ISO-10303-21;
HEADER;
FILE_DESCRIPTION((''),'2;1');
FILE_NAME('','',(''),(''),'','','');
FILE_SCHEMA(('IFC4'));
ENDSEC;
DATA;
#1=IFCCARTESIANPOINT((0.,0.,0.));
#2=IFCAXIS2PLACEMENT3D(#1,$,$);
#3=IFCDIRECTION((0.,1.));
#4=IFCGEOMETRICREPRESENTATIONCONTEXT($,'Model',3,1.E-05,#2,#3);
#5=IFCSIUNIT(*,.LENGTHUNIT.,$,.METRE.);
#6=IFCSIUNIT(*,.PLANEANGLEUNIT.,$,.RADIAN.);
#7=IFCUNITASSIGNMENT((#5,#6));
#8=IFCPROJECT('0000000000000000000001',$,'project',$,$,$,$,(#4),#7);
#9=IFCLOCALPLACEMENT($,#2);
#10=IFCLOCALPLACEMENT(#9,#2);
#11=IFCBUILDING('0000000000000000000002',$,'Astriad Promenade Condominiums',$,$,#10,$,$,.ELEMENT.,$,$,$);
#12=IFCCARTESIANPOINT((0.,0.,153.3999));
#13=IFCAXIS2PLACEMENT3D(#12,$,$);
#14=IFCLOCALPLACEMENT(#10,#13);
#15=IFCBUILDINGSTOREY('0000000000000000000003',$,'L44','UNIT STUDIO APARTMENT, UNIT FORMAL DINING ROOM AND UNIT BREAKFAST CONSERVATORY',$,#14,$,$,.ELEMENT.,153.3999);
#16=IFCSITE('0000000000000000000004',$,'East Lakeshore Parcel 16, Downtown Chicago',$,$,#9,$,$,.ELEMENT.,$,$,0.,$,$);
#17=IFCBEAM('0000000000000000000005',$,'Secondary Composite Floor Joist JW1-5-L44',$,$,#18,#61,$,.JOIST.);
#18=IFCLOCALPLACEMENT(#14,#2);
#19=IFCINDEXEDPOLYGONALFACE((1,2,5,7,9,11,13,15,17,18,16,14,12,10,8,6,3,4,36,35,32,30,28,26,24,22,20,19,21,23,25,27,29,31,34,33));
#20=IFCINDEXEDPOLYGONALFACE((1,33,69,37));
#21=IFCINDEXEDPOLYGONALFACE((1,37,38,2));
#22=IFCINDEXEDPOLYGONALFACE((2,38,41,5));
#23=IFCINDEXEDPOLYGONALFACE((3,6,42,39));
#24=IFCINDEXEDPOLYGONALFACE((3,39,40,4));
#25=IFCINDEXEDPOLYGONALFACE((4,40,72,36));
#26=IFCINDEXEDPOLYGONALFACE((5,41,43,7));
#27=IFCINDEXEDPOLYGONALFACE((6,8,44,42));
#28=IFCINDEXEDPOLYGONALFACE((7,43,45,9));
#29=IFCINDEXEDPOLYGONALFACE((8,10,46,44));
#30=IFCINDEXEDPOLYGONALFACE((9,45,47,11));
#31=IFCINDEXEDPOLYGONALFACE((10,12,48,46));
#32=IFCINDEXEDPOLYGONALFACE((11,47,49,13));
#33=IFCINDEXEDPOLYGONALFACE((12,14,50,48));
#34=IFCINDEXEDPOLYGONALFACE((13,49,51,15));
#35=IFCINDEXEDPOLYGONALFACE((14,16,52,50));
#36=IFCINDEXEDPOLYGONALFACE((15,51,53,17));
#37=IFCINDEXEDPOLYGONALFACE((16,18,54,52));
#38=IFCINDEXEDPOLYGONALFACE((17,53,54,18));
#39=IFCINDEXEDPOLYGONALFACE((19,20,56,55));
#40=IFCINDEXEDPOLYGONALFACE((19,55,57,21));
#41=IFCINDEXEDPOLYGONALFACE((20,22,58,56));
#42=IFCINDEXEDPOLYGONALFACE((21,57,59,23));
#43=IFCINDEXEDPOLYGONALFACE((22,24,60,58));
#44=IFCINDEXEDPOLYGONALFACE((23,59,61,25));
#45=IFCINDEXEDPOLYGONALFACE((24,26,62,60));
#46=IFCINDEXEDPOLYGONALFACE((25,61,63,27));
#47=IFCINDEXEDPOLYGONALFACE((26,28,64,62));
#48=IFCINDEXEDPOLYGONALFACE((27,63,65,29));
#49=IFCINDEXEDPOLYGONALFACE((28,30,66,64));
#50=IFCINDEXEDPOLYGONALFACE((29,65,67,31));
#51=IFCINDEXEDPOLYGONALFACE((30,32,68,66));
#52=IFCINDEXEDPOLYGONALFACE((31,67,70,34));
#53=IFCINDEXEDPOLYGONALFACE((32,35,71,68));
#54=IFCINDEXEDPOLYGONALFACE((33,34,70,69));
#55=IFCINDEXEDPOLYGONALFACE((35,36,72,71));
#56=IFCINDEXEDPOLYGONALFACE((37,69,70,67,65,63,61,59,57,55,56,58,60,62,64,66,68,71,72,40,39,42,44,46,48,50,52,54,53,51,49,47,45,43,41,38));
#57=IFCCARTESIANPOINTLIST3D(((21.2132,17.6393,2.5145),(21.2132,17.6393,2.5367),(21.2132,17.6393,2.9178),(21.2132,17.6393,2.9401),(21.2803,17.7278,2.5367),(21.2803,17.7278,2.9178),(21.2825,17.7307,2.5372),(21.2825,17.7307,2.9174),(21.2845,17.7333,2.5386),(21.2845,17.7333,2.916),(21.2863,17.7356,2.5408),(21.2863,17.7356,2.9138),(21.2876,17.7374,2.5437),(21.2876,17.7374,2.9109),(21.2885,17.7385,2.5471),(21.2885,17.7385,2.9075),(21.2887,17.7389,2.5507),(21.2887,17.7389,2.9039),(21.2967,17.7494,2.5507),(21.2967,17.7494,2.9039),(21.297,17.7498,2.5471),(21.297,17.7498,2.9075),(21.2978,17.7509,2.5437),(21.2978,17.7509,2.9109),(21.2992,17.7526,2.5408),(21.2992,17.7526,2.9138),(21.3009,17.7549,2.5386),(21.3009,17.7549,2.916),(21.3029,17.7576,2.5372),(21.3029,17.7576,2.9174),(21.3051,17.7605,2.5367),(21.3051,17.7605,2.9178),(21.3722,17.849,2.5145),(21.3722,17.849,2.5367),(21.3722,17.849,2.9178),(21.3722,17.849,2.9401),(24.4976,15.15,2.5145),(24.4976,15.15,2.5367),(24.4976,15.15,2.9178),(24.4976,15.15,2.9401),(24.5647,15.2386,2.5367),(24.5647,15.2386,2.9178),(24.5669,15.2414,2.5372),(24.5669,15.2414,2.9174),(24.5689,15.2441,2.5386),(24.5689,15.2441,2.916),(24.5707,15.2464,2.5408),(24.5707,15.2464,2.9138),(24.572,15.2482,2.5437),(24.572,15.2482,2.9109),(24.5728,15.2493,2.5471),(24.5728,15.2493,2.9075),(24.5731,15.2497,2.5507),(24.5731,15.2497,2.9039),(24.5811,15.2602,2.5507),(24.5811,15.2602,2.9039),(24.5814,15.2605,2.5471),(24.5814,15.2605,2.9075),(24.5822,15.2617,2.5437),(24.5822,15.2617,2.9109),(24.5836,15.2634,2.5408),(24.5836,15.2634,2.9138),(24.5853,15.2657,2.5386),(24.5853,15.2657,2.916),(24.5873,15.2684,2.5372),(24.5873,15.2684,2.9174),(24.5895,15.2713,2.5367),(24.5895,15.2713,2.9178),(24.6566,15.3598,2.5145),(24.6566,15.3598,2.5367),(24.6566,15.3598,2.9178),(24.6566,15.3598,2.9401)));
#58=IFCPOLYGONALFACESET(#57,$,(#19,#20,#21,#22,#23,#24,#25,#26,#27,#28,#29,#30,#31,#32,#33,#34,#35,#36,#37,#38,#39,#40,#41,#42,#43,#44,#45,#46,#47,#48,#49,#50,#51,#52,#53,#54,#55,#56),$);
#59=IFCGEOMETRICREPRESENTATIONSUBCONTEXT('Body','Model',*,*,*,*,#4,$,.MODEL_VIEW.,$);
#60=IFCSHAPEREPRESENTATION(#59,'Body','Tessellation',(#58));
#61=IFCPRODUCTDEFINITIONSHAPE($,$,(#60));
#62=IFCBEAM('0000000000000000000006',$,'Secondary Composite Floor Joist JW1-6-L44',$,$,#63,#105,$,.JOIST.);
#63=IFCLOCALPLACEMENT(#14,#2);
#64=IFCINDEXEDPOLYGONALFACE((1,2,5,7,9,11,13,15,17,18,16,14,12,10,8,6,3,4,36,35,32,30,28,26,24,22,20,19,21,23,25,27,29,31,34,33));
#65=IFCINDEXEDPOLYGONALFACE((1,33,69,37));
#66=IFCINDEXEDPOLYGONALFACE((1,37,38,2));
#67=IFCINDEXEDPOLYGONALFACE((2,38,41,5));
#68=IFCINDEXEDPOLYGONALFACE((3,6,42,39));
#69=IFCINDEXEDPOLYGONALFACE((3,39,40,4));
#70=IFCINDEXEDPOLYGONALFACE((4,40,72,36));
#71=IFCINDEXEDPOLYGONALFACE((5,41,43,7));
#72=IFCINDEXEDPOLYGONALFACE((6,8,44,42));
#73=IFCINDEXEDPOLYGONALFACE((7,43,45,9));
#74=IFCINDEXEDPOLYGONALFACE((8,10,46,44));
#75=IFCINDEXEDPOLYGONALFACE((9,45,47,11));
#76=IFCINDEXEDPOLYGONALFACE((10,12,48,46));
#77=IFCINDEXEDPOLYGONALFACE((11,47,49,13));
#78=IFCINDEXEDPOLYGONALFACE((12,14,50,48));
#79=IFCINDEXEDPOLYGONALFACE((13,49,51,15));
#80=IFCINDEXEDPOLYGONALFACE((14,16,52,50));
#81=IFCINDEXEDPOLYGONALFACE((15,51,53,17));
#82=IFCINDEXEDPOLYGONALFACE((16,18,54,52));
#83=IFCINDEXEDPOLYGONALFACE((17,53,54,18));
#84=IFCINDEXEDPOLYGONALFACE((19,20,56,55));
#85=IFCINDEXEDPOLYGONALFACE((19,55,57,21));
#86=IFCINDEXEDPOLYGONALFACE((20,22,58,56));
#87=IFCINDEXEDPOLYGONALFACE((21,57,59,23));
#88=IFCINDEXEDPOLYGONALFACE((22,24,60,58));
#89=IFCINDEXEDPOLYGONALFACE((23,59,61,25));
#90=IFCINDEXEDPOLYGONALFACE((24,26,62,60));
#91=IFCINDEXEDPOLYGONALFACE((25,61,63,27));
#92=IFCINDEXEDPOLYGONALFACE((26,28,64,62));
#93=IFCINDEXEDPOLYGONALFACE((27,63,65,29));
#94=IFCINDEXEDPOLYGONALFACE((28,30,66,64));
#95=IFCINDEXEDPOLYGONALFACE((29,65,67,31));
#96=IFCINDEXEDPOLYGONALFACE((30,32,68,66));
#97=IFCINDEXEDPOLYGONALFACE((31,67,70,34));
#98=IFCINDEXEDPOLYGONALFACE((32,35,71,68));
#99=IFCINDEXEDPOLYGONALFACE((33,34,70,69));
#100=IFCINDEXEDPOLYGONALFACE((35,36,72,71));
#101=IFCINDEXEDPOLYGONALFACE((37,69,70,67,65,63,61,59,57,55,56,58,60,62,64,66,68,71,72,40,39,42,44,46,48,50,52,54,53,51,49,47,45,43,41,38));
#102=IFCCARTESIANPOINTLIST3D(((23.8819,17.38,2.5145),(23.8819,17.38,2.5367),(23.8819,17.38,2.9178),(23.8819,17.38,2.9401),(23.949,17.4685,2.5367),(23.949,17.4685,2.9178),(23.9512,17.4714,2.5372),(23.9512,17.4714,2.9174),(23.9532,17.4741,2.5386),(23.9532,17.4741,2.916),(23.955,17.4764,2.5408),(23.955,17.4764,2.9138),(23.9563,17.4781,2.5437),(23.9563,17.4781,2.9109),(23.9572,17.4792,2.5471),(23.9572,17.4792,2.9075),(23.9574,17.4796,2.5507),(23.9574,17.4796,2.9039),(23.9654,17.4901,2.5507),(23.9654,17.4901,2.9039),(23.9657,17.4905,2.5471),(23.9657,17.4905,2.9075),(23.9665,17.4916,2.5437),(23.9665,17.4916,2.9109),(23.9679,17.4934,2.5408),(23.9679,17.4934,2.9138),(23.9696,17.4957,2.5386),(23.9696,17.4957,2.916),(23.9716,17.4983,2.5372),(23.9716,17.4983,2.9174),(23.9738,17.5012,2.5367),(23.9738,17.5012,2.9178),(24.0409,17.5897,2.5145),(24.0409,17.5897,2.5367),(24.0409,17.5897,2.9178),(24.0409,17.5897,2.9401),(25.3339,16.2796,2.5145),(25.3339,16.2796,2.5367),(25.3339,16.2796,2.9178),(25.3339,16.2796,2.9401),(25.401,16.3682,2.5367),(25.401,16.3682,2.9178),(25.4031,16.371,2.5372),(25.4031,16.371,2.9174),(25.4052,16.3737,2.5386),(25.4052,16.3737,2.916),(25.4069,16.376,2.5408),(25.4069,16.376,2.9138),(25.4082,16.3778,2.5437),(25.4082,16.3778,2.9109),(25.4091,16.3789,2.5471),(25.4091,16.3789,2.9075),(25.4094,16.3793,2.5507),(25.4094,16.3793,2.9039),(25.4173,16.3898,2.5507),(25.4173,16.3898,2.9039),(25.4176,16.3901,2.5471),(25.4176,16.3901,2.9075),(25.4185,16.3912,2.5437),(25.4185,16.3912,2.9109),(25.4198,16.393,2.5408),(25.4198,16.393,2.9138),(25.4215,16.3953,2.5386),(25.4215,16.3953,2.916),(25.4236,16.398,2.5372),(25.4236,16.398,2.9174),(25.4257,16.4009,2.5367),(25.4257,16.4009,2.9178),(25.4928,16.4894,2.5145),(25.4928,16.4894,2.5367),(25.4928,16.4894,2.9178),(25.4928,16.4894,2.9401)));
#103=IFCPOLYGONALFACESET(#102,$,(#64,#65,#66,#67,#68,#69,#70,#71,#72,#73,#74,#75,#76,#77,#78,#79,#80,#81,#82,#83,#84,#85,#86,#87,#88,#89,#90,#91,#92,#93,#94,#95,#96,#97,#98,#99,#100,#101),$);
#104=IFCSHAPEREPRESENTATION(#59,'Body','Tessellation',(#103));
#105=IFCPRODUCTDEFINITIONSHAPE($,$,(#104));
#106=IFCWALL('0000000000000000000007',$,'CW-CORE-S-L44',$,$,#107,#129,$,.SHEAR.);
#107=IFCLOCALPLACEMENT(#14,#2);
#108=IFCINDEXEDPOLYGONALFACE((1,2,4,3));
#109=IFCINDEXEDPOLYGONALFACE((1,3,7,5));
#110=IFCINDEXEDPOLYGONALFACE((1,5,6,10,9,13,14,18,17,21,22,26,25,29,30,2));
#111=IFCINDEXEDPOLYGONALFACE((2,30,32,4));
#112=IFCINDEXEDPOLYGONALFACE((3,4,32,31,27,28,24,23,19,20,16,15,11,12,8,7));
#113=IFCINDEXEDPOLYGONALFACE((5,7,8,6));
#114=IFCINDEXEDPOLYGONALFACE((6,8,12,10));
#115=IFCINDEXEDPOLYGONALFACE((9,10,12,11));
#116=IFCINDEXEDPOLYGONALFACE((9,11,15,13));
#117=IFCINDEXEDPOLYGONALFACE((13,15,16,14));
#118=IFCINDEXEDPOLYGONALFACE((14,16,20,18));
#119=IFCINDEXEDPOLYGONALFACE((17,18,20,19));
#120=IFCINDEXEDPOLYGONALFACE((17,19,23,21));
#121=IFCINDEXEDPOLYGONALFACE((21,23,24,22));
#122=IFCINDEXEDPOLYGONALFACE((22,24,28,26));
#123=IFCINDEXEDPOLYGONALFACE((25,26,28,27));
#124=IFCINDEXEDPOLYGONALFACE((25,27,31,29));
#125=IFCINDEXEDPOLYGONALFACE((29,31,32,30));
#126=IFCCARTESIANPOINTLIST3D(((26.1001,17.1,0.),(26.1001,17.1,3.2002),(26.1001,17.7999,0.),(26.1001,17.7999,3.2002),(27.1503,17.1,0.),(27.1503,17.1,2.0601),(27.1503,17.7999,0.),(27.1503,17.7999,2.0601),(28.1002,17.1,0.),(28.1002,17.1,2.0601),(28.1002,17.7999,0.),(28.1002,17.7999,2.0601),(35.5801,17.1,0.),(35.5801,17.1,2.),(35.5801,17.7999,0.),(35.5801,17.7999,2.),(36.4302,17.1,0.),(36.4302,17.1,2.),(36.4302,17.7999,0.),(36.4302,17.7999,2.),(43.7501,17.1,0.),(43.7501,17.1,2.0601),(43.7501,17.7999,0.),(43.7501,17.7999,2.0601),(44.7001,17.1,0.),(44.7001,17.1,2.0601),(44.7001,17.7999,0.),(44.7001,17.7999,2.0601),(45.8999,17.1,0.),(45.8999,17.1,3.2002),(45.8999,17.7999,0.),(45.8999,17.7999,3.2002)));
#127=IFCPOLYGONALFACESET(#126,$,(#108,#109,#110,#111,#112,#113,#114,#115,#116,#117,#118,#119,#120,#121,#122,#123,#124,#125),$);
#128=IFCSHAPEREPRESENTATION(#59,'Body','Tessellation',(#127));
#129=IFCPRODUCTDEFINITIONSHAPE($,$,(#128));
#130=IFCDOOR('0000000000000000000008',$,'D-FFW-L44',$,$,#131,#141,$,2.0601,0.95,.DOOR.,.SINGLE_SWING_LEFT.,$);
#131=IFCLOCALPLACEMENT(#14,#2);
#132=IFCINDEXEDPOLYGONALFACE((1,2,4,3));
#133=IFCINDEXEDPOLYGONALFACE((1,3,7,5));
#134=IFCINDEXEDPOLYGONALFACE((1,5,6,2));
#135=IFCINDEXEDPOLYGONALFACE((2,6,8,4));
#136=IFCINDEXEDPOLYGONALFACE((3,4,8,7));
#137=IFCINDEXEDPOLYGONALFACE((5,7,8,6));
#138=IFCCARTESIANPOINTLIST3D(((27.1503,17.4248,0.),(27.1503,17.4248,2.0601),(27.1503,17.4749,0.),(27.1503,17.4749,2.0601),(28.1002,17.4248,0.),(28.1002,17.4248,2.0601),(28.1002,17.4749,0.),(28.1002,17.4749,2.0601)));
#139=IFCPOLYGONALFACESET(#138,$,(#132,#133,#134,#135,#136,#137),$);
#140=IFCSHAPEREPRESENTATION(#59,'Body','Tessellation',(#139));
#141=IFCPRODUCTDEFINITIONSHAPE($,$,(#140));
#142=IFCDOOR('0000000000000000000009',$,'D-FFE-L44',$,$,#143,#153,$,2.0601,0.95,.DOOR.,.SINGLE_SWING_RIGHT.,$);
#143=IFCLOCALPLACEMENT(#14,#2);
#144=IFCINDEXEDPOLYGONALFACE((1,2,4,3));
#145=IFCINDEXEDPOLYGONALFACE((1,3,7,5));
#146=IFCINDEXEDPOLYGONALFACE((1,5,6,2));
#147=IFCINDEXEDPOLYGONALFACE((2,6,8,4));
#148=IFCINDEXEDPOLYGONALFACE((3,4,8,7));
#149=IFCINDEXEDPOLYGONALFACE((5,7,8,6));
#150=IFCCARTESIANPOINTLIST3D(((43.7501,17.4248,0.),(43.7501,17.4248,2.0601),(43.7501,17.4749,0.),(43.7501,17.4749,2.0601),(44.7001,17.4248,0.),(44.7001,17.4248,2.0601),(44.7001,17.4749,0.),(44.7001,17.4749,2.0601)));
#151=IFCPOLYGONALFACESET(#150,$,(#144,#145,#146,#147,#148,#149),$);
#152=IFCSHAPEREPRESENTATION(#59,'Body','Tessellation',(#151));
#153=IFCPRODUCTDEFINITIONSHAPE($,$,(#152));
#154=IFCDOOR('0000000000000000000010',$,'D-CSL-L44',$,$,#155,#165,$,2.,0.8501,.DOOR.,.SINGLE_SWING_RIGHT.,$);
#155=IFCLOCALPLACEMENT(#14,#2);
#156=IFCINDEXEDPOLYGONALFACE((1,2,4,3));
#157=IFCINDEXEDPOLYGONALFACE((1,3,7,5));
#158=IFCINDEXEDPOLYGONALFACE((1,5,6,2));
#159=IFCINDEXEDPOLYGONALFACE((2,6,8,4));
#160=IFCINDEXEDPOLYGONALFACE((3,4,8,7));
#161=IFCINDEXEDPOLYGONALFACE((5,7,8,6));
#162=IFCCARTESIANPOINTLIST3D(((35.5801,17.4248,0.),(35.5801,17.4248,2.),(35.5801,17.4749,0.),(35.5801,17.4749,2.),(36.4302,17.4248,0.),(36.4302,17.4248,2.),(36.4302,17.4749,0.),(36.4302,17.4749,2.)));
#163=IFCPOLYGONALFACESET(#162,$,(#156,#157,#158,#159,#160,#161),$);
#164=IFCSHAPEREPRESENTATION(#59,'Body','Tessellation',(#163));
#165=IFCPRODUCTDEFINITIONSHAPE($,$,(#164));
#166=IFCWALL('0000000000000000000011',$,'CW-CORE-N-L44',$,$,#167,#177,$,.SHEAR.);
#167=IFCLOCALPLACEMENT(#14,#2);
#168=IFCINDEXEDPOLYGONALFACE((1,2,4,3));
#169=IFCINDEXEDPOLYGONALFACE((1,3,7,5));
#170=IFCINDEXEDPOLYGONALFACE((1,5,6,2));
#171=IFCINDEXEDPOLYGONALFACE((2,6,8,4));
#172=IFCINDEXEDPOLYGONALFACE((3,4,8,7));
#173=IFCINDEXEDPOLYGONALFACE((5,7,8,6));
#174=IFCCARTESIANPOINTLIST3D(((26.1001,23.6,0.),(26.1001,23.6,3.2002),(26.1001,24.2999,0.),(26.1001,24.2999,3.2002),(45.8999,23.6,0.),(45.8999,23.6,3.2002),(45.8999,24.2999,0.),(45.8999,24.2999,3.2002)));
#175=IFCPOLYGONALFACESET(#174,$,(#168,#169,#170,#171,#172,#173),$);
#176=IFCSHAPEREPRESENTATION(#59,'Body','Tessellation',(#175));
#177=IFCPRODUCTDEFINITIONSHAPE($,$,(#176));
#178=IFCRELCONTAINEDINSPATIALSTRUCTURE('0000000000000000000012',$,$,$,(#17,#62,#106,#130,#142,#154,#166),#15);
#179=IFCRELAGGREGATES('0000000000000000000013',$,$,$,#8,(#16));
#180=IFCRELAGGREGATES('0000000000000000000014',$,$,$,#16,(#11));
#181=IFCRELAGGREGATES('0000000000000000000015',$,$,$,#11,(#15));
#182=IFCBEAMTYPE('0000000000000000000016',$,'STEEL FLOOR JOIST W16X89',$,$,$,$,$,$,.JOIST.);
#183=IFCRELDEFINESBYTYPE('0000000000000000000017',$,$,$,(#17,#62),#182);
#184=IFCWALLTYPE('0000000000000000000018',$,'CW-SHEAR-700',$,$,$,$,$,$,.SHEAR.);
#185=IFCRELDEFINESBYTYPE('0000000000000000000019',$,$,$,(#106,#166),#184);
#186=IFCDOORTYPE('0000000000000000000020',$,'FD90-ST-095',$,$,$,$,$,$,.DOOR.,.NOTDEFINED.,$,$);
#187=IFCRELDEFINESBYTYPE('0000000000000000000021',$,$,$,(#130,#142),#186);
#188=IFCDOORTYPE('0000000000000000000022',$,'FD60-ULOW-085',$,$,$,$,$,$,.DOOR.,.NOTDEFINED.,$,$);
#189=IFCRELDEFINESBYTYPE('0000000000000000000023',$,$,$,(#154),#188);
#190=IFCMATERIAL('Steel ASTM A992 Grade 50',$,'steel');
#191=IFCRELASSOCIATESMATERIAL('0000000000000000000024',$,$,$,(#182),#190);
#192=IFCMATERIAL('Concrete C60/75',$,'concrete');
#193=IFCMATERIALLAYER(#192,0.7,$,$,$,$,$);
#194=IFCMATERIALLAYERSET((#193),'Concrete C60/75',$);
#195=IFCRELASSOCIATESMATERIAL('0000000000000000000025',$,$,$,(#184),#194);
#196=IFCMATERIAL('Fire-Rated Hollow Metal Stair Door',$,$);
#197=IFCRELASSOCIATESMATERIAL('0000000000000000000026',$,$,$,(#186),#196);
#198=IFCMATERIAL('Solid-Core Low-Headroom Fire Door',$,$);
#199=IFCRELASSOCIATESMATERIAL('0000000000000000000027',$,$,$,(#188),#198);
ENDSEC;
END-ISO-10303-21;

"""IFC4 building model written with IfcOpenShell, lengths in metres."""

from ifc_helpers import new_model, si_unit, direction, frame, frame_2d, origin, origin_2d, place, context, subcontext, project, spatial, rectangle, i_section, extrude, source, transform, mapped, material, layer, layer_set, material_profile, profile_set, type_object, type_shapes, element, fill, save


model = new_model("IFC4")

# Units and contexts
model_context = context("Model", 3, precision=1e-05, world=origin(), true_north=direction((0.0, 1.0)))
body_context = subcontext(model_context, "Body", "Model", "MODEL_VIEW")
ifc_project = project(units=[si_unit("LENGTHUNIT", "METRE"), si_unit("PLANEANGLEUNIT", "RADIAN")], contexts=[model_context])

# Site, building, storey
site_placement = place(None, origin())
site = spatial("IfcSite", under=ifc_project, at=site_placement, Name="East Lakeshore Parcel 16, Downtown Chicago", CompositionType="ELEMENT", RefElevation=0.0)
building_placement = place(site_placement, origin())
building = spatial("IfcBuilding", under=site, at=building_placement, Name="Astriad Promenade Condominiums", CompositionType="ELEMENT")
storey_placement = place(building_placement, frame((0.0, 0.0, 153.3999)))
storey = spatial("IfcBuildingStorey", under=building, at=storey_placement, Name="L44", Description="UNIT STUDIO APARTMENT, UNIT FORMAL DINING ROOM AND UNIT BREAKFAST CONSERVATORY", CompositionType="ELEMENT", Elevation=153.3999)

# Shared definitions
ifc_material_1 = material(Name="Steel ASTM A992 Grade 50", Category="steel")
ifc_material_2 = material(Name="Concrete C60/75", Category="concrete")

# Beams
ifc_material_profile_1 = material_profile(ifc_material_1, i_section(OverallWidth=0.2632, OverallDepth=0.4255, WebThickness=0.0132, FlangeThickness=0.0222, FilletRadius=0.0139, at=origin_2d()), Name="W16X89")
ifc_profile_set_1 = profile_set([ifc_material_profile_1], Name="Steel ASTM A992 Grade 50")
beam_type_1 = type_object("IfcBeamType", Name="STEEL FLOOR JOIST W16X89", PredefinedType="JOIST", material=ifc_profile_set_1)
shared_shape_1 = source(origin(), body_context, "Body", "SweptSolid", [
    extrude(i_section(OverallWidth=0.2632, OverallDepth=0.4255, WebThickness=0.0132, FlangeThickness=0.0222, FilletRadius=0.0139, at=origin_2d()), origin(), (0.0, 0.0, 1.0), 4.1211),
])
beam_1_placement = place(storey_placement, frame((21.2927, 17.7441, 2.7273), z_axis=(0.796969, -0.604021, 0.0), x_axis=(0.604021, 0.796969, 0.0)))
element("IfcBeam", 1, at=beam_1_placement, inside=storey, type_object=beam_type_1, Name="Secondary Composite Floor Joist JW1-5-L44", PredefinedType="JOIST", context=body_context, shape_type="MappedRepresentation", body=[
    mapped(shared_shape_1, transform((0.0, 0.0, 0.0), scale=1.0)),
])
shared_shape_2 = source(origin(), body_context, "Body", "SweptSolid", [
    extrude(i_section(OverallWidth=0.2632, OverallDepth=0.4255, WebThickness=0.0132, FlangeThickness=0.0222, FilletRadius=0.0139, at=origin_2d()), origin(), (0.0, 0.0, 1.0), 1.8218),
])
type_shapes(beam_type_1, [shared_shape_1, shared_shape_2])
beam_2_placement = place(storey_placement, frame((23.9614, 17.4849, 2.7273), z_axis=(0.796983, -0.604002, 0.0), x_axis=(0.604002, 0.796983, 0.0)))
element("IfcBeam", 2, at=beam_2_placement, inside=storey, type_object=beam_type_1, Name="Secondary Composite Floor Joist JW1-6-L44", PredefinedType="JOIST", context=body_context, shape_type="MappedRepresentation", body=[
    mapped(shared_shape_2, transform((0.0, 0.0, 0.0), scale=1.0)),
])

# Wall, openings, doors
ifc_layer_1 = layer(ifc_material_2, 0.7)
ifc_layer_set_1 = layer_set([ifc_layer_1], Name="Concrete C60/75")
wall_type_1 = type_object("IfcWallType", Name="CW-SHEAR-700", PredefinedType="SHEAR", material=ifc_layer_set_1)
wall_1_placement = place(storey_placement, frame((26.1001, 17.45, 0.0), z_axis=(0.0, 0.0, 1.0), x_axis=(1.0, 0.0, 0.0)))
wall_1 = element("IfcWall", 3, at=wall_1_placement, inside=storey, type_object=wall_type_1, Name="CW-CORE-S-L44", PredefinedType="SHEAR", context=body_context, shape_type="SweptSolid", body=[
    extrude(rectangle(XDim=19.7998, YDim=0.7, at=frame_2d((9.8999, 0.0))), origin(), (0.0, 0.0, 1.0), 3.2002),
])
opening_1_placement = place(wall_1_placement, frame((1.05, 0.0, 0.0)))
opening_1 = element("IfcOpeningElement", 4, at=opening_1_placement, cuts=wall_1, PredefinedType="OPENING", context=body_context, shape_type="SweptSolid", body=[
    extrude(rectangle(XDim=0.95, YDim=2.0601, at=frame_2d((0.4751, 1.03))), frame((0.0, 0.3599, 0.0), z_axis=(0.0, -1.0, 0.0), x_axis=(1.0, 0.0, 0.0)), (0.0, 0.0, 1.0), 0.72),
])
opening_2_placement = place(wall_1_placement, frame((9.48, 0.0, 0.0)))
opening_2 = element("IfcOpeningElement", 5, at=opening_2_placement, cuts=wall_1, PredefinedType="OPENING", context=body_context, shape_type="SweptSolid", body=[
    extrude(rectangle(XDim=0.8501, YDim=2.0, at=frame_2d((0.425, 1.0))), frame((0.0, 0.3599, 0.0), z_axis=(0.0, -1.0, 0.0), x_axis=(1.0, 0.0, 0.0)), (0.0, 0.0, 1.0), 0.72),
])
opening_3_placement = place(wall_1_placement, frame((17.6499, 0.0, 0.0)))
opening_3 = element("IfcOpeningElement", 6, at=opening_3_placement, cuts=wall_1, PredefinedType="OPENING", context=body_context, shape_type="SweptSolid", body=[
    extrude(rectangle(XDim=0.95, YDim=2.0601, at=frame_2d((0.4751, 1.03))), frame((0.0, 0.3599, 0.0), z_axis=(0.0, -1.0, 0.0), x_axis=(1.0, 0.0, 0.0)), (0.0, 0.0, 1.0), 0.72),
])
ifc_material_3 = material(Name="Fire-Rated Hollow Metal Stair Door")
door_type_1 = type_object("IfcDoorType", Name="FD90-ST-095", OperationType="NOTDEFINED", PredefinedType="DOOR", material=ifc_material_3)
shared_shape_3 = source(origin(), body_context, "Body", "SweptSolid", [
    extrude(rectangle(XDim=0.95, YDim=2.0601, at=frame_2d((0.4751, 1.03))), frame((0.0, 0.0249, 0.0), z_axis=(0.0, -1.0, 0.0), x_axis=(1.0, 0.0, 0.0)), (0.0, 0.0, 1.0), 0.05),
])
type_shapes(door_type_1, [shared_shape_3])
door_1_placement = place(opening_1_placement, origin())
door_1 = element("IfcDoor", 7, at=door_1_placement, inside=storey, type_object=door_type_1, Name="D-FFW-L44", OperationType="SINGLE_SWING_LEFT", OverallHeight=2.0601, OverallWidth=0.95, PredefinedType="DOOR", context=body_context, shape_type="MappedRepresentation", body=[
    mapped(shared_shape_3, transform((0.0, 0.0, 0.0), scale=1.0)),
])
fill(opening_1, door_1)
door_2_placement = place(opening_3_placement, origin())
door_2 = element("IfcDoor", 8, at=door_2_placement, inside=storey, type_object=door_type_1, Name="D-FFE-L44", OperationType="SINGLE_SWING_RIGHT", OverallHeight=2.0601, OverallWidth=0.95, PredefinedType="DOOR", context=body_context, shape_type="MappedRepresentation", body=[
    mapped(shared_shape_3, transform((0.0, 0.0, 0.0), scale=1.0)),
])
fill(opening_3, door_2)
ifc_material_4 = material(Name="Solid-Core Low-Headroom Fire Door")
door_type_2 = type_object("IfcDoorType", Name="FD60-ULOW-085", OperationType="NOTDEFINED", PredefinedType="DOOR", material=ifc_material_4)
shared_shape_4 = source(origin(), body_context, "Body", "SweptSolid", [
    extrude(rectangle(XDim=0.8501, YDim=2.0, at=frame_2d((0.425, 1.0))), frame((0.0, 0.0249, 0.0), z_axis=(0.0, -1.0, 0.0), x_axis=(1.0, 0.0, 0.0)), (0.0, 0.0, 1.0), 0.05),
])
type_shapes(door_type_2, [shared_shape_4])
door_3_placement = place(opening_2_placement, origin())
door_3 = element("IfcDoor", 9, at=door_3_placement, inside=storey, type_object=door_type_2, Name="D-CSL-L44", OperationType="SINGLE_SWING_RIGHT", OverallHeight=2.0, OverallWidth=0.8501, PredefinedType="DOOR", context=body_context, shape_type="MappedRepresentation", body=[
    mapped(shared_shape_4, transform((0.0, 0.0, 0.0), scale=1.0)),
])
fill(opening_2, door_3)

# Wall
wall_2_placement = place(storey_placement, frame((26.1001, 23.95, 0.0), z_axis=(0.0, 0.0, 1.0), x_axis=(1.0, 0.0, 0.0)))
element("IfcWall", 10, at=wall_2_placement, inside=storey, type_object=wall_type_1, Name="CW-CORE-N-L44", PredefinedType="SHEAR", context=body_context, shape_type="SweptSolid", body=[
    extrude(rectangle(XDim=19.7998, YDim=0.7, at=frame_2d((9.8999, 0.0))), origin(), (0.0, 0.0, 1.0), 3.2002),
])

save(model, "model.ifc")
